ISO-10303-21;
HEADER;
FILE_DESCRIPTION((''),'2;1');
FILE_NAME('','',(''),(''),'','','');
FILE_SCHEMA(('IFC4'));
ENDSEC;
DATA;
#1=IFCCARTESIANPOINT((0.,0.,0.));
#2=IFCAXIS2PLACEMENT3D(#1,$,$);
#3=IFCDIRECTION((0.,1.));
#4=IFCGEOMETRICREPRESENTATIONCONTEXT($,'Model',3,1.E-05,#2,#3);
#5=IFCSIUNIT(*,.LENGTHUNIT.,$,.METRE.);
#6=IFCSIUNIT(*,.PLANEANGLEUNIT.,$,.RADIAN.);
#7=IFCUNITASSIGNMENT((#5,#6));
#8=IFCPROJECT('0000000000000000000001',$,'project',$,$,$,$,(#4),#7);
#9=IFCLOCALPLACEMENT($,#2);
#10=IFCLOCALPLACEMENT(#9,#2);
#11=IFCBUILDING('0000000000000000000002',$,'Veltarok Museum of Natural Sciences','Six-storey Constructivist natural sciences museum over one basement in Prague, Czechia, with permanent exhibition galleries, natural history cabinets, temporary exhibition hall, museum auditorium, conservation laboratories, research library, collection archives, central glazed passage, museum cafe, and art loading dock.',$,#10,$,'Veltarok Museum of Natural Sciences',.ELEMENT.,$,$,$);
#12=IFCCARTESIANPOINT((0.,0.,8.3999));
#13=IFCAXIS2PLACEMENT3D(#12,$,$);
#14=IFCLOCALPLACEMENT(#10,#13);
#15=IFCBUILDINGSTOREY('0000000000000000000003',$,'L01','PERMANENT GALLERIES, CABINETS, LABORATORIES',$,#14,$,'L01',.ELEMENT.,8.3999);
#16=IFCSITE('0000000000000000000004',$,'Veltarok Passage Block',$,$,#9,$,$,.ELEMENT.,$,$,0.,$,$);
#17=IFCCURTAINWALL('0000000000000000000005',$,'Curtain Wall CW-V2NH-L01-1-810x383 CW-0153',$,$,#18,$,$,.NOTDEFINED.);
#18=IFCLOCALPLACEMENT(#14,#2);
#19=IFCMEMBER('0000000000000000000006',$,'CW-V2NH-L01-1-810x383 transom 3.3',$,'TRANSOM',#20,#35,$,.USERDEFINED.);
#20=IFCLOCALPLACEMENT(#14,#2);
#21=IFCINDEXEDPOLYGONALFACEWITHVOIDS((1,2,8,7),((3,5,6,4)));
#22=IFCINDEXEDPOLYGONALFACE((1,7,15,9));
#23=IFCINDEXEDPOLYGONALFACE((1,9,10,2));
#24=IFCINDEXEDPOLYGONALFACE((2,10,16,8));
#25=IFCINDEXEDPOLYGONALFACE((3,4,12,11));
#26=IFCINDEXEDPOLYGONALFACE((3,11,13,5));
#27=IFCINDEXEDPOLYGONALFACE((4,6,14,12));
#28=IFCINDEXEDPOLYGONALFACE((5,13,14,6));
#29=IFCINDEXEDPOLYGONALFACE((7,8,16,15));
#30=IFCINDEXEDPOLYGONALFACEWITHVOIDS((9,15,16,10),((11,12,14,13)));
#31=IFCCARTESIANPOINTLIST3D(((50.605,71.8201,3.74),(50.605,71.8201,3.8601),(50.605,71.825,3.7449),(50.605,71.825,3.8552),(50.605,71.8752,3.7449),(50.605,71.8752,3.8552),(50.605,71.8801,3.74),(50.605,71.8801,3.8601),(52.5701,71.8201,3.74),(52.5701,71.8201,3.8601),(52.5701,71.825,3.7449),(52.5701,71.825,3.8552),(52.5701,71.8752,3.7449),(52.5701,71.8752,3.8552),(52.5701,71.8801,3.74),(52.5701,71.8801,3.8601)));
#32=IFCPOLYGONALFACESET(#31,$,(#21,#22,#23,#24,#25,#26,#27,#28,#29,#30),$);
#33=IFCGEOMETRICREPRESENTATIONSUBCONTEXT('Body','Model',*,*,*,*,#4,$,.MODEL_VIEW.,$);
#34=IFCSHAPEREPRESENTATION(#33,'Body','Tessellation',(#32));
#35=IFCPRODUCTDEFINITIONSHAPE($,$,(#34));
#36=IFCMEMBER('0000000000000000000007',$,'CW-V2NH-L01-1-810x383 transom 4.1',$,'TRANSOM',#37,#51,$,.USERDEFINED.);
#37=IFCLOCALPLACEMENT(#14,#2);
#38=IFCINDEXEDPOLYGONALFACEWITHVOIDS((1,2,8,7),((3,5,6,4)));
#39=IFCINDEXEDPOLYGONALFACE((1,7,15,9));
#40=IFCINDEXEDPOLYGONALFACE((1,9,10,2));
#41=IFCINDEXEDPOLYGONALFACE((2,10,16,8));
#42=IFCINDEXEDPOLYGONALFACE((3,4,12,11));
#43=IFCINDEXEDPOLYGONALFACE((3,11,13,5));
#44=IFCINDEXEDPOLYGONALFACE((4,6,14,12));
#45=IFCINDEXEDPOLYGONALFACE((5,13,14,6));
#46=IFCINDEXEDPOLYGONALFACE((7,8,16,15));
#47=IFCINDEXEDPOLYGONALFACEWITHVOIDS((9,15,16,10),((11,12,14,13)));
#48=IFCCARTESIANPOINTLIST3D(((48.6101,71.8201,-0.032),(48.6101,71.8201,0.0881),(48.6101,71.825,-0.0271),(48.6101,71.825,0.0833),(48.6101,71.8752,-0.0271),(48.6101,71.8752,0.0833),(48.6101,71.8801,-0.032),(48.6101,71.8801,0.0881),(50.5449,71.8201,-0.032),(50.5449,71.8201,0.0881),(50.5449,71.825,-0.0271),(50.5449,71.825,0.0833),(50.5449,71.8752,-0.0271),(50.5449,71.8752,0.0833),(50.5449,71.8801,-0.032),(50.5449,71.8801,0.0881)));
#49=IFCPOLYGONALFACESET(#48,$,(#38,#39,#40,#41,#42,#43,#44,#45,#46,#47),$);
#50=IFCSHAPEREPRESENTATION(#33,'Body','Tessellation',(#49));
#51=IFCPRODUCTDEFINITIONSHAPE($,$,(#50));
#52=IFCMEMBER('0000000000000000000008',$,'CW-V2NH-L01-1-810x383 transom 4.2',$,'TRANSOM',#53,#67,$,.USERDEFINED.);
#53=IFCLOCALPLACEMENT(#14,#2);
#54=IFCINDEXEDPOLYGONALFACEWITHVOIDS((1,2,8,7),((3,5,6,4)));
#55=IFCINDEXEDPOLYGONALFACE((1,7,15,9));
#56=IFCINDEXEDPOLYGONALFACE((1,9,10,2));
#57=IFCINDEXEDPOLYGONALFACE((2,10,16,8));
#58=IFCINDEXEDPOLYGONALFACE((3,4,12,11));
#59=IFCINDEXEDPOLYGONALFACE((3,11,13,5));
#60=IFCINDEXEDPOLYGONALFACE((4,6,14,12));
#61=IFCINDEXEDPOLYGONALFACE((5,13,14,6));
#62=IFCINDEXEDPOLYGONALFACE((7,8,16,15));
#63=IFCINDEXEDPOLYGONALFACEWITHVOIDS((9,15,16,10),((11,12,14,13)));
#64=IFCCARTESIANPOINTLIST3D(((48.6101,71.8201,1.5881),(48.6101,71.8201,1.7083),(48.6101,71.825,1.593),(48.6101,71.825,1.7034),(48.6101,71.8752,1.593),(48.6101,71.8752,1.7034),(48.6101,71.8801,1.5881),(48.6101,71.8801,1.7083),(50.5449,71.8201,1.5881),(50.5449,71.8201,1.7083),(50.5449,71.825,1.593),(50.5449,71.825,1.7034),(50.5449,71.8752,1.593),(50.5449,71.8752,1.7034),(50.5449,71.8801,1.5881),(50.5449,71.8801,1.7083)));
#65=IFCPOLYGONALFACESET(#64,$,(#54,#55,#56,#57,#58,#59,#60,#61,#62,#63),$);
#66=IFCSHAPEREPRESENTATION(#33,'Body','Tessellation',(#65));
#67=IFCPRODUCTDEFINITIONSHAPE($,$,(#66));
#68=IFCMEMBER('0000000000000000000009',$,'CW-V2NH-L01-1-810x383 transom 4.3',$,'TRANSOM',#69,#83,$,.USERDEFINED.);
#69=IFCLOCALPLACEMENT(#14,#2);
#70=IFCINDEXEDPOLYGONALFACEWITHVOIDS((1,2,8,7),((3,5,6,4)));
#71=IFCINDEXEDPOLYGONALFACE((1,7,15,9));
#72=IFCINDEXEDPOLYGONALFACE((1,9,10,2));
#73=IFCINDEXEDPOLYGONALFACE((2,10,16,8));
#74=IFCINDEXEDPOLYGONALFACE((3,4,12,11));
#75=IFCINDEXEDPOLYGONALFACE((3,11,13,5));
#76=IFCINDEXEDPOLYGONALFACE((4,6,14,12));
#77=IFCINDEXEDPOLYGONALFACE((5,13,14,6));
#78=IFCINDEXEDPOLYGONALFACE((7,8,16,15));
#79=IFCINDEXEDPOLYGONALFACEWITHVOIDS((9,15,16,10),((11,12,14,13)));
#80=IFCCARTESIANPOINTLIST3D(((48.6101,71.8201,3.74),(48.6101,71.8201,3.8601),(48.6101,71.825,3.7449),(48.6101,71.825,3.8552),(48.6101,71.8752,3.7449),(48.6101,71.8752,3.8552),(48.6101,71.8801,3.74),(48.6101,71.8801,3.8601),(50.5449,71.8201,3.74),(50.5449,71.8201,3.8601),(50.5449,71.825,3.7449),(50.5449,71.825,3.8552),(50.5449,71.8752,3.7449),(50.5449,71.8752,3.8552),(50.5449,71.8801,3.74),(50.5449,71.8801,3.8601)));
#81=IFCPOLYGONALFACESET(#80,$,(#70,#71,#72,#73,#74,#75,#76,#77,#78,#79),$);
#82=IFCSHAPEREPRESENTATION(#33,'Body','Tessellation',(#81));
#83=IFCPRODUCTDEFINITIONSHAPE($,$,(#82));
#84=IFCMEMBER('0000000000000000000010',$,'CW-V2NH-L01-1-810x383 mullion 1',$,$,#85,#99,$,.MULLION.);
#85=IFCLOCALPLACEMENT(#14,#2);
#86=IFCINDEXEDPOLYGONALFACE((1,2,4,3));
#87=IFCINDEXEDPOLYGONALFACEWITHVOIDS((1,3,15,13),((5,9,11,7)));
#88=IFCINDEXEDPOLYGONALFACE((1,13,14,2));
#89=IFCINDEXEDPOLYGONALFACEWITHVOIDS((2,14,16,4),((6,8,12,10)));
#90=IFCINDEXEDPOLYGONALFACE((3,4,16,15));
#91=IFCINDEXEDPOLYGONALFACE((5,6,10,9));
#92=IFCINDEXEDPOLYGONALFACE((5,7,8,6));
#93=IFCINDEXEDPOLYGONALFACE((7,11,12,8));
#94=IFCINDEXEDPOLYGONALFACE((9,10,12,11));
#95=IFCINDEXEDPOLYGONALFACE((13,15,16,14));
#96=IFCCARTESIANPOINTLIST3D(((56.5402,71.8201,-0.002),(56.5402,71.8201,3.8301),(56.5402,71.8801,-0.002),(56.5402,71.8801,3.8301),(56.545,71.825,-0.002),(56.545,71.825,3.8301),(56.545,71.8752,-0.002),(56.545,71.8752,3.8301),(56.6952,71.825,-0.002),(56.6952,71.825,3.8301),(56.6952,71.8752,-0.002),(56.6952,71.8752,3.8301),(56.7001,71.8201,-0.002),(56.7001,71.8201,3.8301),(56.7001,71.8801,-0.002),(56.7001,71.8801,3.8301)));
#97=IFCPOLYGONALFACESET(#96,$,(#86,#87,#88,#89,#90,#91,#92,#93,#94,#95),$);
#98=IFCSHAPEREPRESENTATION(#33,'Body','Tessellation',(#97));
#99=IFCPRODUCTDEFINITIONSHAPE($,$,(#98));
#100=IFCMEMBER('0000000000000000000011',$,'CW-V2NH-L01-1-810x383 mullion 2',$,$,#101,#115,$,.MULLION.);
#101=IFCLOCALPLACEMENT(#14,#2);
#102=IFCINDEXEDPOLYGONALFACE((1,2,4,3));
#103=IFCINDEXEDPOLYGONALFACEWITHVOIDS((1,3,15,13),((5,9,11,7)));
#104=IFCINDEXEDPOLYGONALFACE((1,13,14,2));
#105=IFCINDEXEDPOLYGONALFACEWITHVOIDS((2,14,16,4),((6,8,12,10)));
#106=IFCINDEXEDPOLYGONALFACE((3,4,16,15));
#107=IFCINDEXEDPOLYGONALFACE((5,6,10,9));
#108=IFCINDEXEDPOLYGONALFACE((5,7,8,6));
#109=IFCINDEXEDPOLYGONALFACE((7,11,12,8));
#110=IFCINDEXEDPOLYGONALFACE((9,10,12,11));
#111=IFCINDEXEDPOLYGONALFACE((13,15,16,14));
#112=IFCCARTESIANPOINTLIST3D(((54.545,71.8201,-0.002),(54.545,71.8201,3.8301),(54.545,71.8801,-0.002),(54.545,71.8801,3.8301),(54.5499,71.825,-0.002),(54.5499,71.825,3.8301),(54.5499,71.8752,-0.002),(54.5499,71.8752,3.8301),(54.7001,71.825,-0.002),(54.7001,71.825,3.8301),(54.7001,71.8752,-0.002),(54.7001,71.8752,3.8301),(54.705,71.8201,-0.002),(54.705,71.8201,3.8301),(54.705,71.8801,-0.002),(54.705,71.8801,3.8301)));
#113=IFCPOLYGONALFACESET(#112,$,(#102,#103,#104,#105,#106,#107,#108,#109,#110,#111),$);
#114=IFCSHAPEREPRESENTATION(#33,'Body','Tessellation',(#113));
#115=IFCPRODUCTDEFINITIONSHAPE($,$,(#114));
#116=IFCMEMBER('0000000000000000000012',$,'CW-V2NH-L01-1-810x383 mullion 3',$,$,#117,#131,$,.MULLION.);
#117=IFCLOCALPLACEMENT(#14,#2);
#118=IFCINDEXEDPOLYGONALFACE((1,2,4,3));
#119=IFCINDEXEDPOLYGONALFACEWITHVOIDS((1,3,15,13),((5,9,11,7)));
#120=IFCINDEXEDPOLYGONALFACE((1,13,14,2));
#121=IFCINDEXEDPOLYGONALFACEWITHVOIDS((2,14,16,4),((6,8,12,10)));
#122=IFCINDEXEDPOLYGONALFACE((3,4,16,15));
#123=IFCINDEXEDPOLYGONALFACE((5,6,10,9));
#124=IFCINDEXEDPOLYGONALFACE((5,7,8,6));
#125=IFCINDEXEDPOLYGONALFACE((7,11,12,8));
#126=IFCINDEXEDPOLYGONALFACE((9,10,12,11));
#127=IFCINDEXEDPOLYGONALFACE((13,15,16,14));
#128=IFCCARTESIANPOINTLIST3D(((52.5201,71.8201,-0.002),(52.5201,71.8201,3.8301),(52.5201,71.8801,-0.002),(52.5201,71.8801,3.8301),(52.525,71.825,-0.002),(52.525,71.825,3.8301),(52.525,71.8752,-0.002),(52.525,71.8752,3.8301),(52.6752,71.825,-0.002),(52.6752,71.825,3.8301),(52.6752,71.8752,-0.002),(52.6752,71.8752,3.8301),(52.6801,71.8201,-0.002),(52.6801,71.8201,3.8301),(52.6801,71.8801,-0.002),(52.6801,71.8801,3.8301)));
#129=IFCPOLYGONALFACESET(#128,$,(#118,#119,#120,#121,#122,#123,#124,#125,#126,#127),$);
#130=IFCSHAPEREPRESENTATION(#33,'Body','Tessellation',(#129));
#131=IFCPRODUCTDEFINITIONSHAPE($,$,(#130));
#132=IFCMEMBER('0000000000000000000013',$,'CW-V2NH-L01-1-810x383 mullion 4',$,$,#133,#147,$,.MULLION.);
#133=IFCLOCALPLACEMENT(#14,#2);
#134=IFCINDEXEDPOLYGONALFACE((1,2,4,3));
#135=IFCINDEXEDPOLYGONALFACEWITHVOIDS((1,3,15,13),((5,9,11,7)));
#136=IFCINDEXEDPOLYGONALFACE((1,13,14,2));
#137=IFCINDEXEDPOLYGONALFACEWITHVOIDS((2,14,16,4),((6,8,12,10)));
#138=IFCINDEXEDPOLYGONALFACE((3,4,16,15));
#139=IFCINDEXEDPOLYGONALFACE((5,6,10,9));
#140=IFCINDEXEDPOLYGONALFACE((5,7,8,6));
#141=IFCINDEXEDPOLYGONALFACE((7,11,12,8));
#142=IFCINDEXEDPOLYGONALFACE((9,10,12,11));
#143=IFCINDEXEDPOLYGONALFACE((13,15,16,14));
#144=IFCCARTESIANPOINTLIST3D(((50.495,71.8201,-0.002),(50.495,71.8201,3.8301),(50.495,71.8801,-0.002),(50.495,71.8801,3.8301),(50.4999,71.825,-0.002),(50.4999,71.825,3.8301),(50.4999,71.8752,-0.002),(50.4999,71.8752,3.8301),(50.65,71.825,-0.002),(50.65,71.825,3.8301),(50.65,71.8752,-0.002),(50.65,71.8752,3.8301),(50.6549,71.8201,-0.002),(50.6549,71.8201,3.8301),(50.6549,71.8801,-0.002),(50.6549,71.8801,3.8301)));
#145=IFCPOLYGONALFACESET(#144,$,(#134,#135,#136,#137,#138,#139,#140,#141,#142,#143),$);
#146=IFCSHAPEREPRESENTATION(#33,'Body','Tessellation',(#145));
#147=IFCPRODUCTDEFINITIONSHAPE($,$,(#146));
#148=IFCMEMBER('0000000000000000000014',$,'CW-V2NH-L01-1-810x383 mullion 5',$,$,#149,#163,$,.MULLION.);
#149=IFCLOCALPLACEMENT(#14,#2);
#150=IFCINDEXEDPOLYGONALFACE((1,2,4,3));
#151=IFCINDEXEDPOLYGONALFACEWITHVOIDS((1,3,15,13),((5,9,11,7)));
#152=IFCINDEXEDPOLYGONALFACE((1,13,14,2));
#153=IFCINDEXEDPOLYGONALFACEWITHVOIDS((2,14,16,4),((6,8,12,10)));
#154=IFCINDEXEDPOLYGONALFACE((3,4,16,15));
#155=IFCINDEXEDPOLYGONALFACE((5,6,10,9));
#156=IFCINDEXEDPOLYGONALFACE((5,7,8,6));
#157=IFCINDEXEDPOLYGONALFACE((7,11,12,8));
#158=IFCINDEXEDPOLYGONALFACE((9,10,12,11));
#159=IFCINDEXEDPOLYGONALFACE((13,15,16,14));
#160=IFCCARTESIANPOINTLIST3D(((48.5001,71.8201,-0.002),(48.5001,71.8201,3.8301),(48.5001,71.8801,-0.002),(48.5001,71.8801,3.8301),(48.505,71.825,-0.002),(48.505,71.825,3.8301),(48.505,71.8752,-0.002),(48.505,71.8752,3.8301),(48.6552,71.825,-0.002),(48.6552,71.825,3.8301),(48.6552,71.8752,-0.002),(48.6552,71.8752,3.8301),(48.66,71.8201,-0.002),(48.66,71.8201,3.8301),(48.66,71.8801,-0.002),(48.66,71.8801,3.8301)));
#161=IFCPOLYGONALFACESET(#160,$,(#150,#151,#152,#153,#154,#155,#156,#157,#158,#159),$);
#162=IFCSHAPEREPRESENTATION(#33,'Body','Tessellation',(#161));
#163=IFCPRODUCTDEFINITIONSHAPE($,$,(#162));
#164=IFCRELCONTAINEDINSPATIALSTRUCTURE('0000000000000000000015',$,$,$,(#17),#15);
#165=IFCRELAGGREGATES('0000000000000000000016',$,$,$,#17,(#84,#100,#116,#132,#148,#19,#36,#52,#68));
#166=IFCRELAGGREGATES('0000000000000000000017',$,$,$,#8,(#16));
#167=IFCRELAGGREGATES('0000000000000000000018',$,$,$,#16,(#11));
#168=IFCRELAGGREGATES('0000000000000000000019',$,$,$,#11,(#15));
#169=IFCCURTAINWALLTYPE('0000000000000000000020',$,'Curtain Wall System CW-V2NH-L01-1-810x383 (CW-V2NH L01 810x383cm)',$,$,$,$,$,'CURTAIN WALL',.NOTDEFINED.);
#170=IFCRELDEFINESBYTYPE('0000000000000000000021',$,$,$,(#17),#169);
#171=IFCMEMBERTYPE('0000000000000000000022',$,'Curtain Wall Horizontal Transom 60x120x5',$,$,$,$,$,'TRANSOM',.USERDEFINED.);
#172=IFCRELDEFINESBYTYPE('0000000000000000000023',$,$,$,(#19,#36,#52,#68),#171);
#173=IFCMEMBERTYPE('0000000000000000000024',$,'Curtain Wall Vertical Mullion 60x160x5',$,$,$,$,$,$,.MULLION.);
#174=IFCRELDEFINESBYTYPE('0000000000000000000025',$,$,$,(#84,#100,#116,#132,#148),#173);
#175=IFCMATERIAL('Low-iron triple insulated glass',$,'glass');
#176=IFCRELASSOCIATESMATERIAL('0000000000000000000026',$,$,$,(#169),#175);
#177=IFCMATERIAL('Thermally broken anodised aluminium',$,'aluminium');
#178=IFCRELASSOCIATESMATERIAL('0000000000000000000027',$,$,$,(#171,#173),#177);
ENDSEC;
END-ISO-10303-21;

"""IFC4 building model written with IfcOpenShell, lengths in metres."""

from ifc_helpers import new_model, si_unit, direction, frame, origin, origin_2d, place, context, subcontext, project, spatial, hollow_rectangle, extrude, material, material_profile, profile_set, type_object, element, aggregate, save


model = new_model("IFC4")

# Units and contexts
model_context = context("Model", 3, precision=1e-05, world=origin(), true_north=direction((0.0, 1.0)))
body_context = subcontext(model_context, "Body", "Model", "MODEL_VIEW")
ifc_project = project(units=[si_unit("LENGTHUNIT", "METRE"), si_unit("PLANEANGLEUNIT", "RADIAN")], contexts=[model_context])

# Site, building, storey
site_placement = place(None, origin())
site = spatial("IfcSite", under=ifc_project, at=site_placement, Name="Veltarok Passage Block", CompositionType="ELEMENT", RefElevation=0.0)
building_placement = place(site_placement, origin())
building = spatial("IfcBuilding", under=site, at=building_placement, Name="Veltarok Museum of Natural Sciences", Description="Six-storey Constructivist natural sciences museum over one basement in Prague, Czechia, with permanent exhibition galleries, natural history cabinets, temporary exhibition hall, museum auditorium, conservation laboratories, research library, collection archives, central glazed passage, museum cafe, and art loading dock.", LongName="Veltarok Museum of Natural Sciences", CompositionType="ELEMENT")
storey_placement = place(building_placement, frame((0.0, 0.0, 8.3999)))
storey = spatial("IfcBuildingStorey", under=building, at=storey_placement, Name="L01", Description="PERMANENT GALLERIES, CABINETS, LABORATORIES", LongName="L01", CompositionType="ELEMENT", Elevation=8.3999)

# Curtain wall, members
ifc_material_1 = material(Name="Low-iron triple insulated glass", Category="glass")
curtain_wall_type = type_object("IfcCurtainWallType", Name="Curtain Wall System CW-V2NH-L01-1-810x383 (CW-V2NH L01 810x383cm)", ElementType="CURTAIN WALL", PredefinedType="NOTDEFINED", material=ifc_material_1)
curtain_wall_placement = place(storey_placement, origin())
curtain_wall = element("IfcCurtainWall", 1, at=curtain_wall_placement, inside=storey, type_object=curtain_wall_type, Name="Curtain Wall CW-V2NH-L01-1-810x383 CW-0153", PredefinedType="NOTDEFINED")
ifc_material_2 = material(Name="Thermally broken anodised aluminium", Category="aluminium")
ifc_material_profile_1 = material_profile(ifc_material_2, hollow_rectangle(XDim=0.0601, YDim=0.1201, WallThickness=0.0049, at=origin_2d()), Name="CW TRANSOM 60x120x5")
ifc_profile_set_1 = profile_set([ifc_material_profile_1], Name="Thermally broken anodised aluminium")
member_type_1 = type_object("IfcMemberType", Name="Curtain Wall Horizontal Transom 60x120x5", ElementType="TRANSOM", PredefinedType="USERDEFINED", material=ifc_profile_set_1)
member_1_placement = place(storey_placement, frame((52.5701, 71.8501, 3.8), z_axis=(-1.0, 0.0, 0.0), x_axis=(0.0, -1.0, 0.0)))
member_1 = element("IfcMember", 2, at=member_1_placement, type_object=member_type_1, Name="CW-V2NH-L01-1-810x383 transom 3.3", ObjectType="TRANSOM", PredefinedType="USERDEFINED", context=body_context, shape_type="SweptSolid", body=[
    extrude(hollow_rectangle(XDim=0.0601, YDim=0.1201, WallThickness=0.0049, at=origin_2d()), origin(), (0.0, 0.0, 1.0), 1.9651),
])
member_2_placement = place(storey_placement, frame((50.5449, 71.8501, 0.0281), z_axis=(-1.0, 0.0, 0.0), x_axis=(0.0, -1.0, 0.0)))
member_2 = element("IfcMember", 3, at=member_2_placement, type_object=member_type_1, Name="CW-V2NH-L01-1-810x383 transom 4.1", ObjectType="TRANSOM", PredefinedType="USERDEFINED", context=body_context, shape_type="SweptSolid", body=[
    extrude(hollow_rectangle(XDim=0.0601, YDim=0.1201, WallThickness=0.0049, at=origin_2d()), origin(), (0.0, 0.0, 1.0), 1.9348),
])
member_3_placement = place(storey_placement, frame((50.5449, 71.8501, 1.6482), z_axis=(-1.0, 0.0, 0.0), x_axis=(0.0, -1.0, 0.0)))
member_3 = element("IfcMember", 4, at=member_3_placement, type_object=member_type_1, Name="CW-V2NH-L01-1-810x383 transom 4.2", ObjectType="TRANSOM", PredefinedType="USERDEFINED", context=body_context, shape_type="SweptSolid", body=[
    extrude(hollow_rectangle(XDim=0.0601, YDim=0.1201, WallThickness=0.0049, at=origin_2d()), origin(), (0.0, 0.0, 1.0), 1.9348),
])
member_4_placement = place(storey_placement, frame((50.5449, 71.8501, 3.8), z_axis=(-1.0, 0.0, 0.0), x_axis=(0.0, -1.0, 0.0)))
member_4 = element("IfcMember", 5, at=member_4_placement, type_object=member_type_1, Name="CW-V2NH-L01-1-810x383 transom 4.3", ObjectType="TRANSOM", PredefinedType="USERDEFINED", context=body_context, shape_type="SweptSolid", body=[
    extrude(hollow_rectangle(XDim=0.0601, YDim=0.1201, WallThickness=0.0049, at=origin_2d()), origin(), (0.0, 0.0, 1.0), 1.9348),
])
ifc_material_profile_2 = material_profile(ifc_material_2, hollow_rectangle(XDim=0.0601, YDim=0.1599, WallThickness=0.0049, at=origin_2d()), Name="CW MULLION 60x160x5")
ifc_profile_set_2 = profile_set([ifc_material_profile_2], Name="Thermally broken anodised aluminium")
member_type_2 = type_object("IfcMemberType", Name="Curtain Wall Vertical Mullion 60x160x5", PredefinedType="MULLION", material=ifc_profile_set_2)
member_5_placement = place(storey_placement, frame((56.6201, 71.8501, -0.002), z_axis=(0.0, 0.0, 1.0), x_axis=(0.0, -1.0, 0.0)))
member_5 = element("IfcMember", 6, at=member_5_placement, type_object=member_type_2, Name="CW-V2NH-L01-1-810x383 mullion 1", PredefinedType="MULLION", context=body_context, shape_type="SweptSolid", body=[
    extrude(hollow_rectangle(XDim=0.0601, YDim=0.1599, WallThickness=0.0049, at=origin_2d()), origin(), (0.0, 0.0, 1.0), 3.832),
])
member_6_placement = place(storey_placement, frame((54.625, 71.8501, -0.002), z_axis=(0.0, 0.0, 1.0), x_axis=(0.0, -1.0, 0.0)))
member_6 = element("IfcMember", 7, at=member_6_placement, type_object=member_type_2, Name="CW-V2NH-L01-1-810x383 mullion 2", PredefinedType="MULLION", context=body_context, shape_type="SweptSolid", body=[
    extrude(hollow_rectangle(XDim=0.0601, YDim=0.1599, WallThickness=0.0049, at=origin_2d()), origin(), (0.0, 0.0, 1.0), 3.832),
])
member_7_placement = place(storey_placement, frame((52.6001, 71.8501, -0.002), z_axis=(0.0, 0.0, 1.0), x_axis=(0.0, -1.0, 0.0)))
member_7 = element("IfcMember", 8, at=member_7_placement, type_object=member_type_2, Name="CW-V2NH-L01-1-810x383 mullion 3", PredefinedType="MULLION", context=body_context, shape_type="SweptSolid", body=[
    extrude(hollow_rectangle(XDim=0.0601, YDim=0.1599, WallThickness=0.0049, at=origin_2d()), origin(), (0.0, 0.0, 1.0), 3.832),
])
member_8_placement = place(storey_placement, frame((50.575, 71.8501, -0.002), z_axis=(0.0, 0.0, 1.0), x_axis=(0.0, -1.0, 0.0)))
member_8 = element("IfcMember", 9, at=member_8_placement, type_object=member_type_2, Name="CW-V2NH-L01-1-810x383 mullion 4", PredefinedType="MULLION", context=body_context, shape_type="SweptSolid", body=[
    extrude(hollow_rectangle(XDim=0.0601, YDim=0.1599, WallThickness=0.0049, at=origin_2d()), origin(), (0.0, 0.0, 1.0), 3.832),
])
member_9_placement = place(storey_placement, frame((48.5801, 71.8501, -0.002), z_axis=(0.0, 0.0, 1.0), x_axis=(0.0, -1.0, 0.0)))
member_9 = element("IfcMember", 10, at=member_9_placement, type_object=member_type_2, Name="CW-V2NH-L01-1-810x383 mullion 5", PredefinedType="MULLION", context=body_context, shape_type="SweptSolid", body=[
    extrude(hollow_rectangle(XDim=0.0601, YDim=0.1599, WallThickness=0.0049, at=origin_2d()), origin(), (0.0, 0.0, 1.0), 3.832),
])

aggregate(curtain_wall, [member_5, member_6, member_7, member_8, member_9, member_1, member_2, member_3, member_4])

save(model, "model.ifc")
